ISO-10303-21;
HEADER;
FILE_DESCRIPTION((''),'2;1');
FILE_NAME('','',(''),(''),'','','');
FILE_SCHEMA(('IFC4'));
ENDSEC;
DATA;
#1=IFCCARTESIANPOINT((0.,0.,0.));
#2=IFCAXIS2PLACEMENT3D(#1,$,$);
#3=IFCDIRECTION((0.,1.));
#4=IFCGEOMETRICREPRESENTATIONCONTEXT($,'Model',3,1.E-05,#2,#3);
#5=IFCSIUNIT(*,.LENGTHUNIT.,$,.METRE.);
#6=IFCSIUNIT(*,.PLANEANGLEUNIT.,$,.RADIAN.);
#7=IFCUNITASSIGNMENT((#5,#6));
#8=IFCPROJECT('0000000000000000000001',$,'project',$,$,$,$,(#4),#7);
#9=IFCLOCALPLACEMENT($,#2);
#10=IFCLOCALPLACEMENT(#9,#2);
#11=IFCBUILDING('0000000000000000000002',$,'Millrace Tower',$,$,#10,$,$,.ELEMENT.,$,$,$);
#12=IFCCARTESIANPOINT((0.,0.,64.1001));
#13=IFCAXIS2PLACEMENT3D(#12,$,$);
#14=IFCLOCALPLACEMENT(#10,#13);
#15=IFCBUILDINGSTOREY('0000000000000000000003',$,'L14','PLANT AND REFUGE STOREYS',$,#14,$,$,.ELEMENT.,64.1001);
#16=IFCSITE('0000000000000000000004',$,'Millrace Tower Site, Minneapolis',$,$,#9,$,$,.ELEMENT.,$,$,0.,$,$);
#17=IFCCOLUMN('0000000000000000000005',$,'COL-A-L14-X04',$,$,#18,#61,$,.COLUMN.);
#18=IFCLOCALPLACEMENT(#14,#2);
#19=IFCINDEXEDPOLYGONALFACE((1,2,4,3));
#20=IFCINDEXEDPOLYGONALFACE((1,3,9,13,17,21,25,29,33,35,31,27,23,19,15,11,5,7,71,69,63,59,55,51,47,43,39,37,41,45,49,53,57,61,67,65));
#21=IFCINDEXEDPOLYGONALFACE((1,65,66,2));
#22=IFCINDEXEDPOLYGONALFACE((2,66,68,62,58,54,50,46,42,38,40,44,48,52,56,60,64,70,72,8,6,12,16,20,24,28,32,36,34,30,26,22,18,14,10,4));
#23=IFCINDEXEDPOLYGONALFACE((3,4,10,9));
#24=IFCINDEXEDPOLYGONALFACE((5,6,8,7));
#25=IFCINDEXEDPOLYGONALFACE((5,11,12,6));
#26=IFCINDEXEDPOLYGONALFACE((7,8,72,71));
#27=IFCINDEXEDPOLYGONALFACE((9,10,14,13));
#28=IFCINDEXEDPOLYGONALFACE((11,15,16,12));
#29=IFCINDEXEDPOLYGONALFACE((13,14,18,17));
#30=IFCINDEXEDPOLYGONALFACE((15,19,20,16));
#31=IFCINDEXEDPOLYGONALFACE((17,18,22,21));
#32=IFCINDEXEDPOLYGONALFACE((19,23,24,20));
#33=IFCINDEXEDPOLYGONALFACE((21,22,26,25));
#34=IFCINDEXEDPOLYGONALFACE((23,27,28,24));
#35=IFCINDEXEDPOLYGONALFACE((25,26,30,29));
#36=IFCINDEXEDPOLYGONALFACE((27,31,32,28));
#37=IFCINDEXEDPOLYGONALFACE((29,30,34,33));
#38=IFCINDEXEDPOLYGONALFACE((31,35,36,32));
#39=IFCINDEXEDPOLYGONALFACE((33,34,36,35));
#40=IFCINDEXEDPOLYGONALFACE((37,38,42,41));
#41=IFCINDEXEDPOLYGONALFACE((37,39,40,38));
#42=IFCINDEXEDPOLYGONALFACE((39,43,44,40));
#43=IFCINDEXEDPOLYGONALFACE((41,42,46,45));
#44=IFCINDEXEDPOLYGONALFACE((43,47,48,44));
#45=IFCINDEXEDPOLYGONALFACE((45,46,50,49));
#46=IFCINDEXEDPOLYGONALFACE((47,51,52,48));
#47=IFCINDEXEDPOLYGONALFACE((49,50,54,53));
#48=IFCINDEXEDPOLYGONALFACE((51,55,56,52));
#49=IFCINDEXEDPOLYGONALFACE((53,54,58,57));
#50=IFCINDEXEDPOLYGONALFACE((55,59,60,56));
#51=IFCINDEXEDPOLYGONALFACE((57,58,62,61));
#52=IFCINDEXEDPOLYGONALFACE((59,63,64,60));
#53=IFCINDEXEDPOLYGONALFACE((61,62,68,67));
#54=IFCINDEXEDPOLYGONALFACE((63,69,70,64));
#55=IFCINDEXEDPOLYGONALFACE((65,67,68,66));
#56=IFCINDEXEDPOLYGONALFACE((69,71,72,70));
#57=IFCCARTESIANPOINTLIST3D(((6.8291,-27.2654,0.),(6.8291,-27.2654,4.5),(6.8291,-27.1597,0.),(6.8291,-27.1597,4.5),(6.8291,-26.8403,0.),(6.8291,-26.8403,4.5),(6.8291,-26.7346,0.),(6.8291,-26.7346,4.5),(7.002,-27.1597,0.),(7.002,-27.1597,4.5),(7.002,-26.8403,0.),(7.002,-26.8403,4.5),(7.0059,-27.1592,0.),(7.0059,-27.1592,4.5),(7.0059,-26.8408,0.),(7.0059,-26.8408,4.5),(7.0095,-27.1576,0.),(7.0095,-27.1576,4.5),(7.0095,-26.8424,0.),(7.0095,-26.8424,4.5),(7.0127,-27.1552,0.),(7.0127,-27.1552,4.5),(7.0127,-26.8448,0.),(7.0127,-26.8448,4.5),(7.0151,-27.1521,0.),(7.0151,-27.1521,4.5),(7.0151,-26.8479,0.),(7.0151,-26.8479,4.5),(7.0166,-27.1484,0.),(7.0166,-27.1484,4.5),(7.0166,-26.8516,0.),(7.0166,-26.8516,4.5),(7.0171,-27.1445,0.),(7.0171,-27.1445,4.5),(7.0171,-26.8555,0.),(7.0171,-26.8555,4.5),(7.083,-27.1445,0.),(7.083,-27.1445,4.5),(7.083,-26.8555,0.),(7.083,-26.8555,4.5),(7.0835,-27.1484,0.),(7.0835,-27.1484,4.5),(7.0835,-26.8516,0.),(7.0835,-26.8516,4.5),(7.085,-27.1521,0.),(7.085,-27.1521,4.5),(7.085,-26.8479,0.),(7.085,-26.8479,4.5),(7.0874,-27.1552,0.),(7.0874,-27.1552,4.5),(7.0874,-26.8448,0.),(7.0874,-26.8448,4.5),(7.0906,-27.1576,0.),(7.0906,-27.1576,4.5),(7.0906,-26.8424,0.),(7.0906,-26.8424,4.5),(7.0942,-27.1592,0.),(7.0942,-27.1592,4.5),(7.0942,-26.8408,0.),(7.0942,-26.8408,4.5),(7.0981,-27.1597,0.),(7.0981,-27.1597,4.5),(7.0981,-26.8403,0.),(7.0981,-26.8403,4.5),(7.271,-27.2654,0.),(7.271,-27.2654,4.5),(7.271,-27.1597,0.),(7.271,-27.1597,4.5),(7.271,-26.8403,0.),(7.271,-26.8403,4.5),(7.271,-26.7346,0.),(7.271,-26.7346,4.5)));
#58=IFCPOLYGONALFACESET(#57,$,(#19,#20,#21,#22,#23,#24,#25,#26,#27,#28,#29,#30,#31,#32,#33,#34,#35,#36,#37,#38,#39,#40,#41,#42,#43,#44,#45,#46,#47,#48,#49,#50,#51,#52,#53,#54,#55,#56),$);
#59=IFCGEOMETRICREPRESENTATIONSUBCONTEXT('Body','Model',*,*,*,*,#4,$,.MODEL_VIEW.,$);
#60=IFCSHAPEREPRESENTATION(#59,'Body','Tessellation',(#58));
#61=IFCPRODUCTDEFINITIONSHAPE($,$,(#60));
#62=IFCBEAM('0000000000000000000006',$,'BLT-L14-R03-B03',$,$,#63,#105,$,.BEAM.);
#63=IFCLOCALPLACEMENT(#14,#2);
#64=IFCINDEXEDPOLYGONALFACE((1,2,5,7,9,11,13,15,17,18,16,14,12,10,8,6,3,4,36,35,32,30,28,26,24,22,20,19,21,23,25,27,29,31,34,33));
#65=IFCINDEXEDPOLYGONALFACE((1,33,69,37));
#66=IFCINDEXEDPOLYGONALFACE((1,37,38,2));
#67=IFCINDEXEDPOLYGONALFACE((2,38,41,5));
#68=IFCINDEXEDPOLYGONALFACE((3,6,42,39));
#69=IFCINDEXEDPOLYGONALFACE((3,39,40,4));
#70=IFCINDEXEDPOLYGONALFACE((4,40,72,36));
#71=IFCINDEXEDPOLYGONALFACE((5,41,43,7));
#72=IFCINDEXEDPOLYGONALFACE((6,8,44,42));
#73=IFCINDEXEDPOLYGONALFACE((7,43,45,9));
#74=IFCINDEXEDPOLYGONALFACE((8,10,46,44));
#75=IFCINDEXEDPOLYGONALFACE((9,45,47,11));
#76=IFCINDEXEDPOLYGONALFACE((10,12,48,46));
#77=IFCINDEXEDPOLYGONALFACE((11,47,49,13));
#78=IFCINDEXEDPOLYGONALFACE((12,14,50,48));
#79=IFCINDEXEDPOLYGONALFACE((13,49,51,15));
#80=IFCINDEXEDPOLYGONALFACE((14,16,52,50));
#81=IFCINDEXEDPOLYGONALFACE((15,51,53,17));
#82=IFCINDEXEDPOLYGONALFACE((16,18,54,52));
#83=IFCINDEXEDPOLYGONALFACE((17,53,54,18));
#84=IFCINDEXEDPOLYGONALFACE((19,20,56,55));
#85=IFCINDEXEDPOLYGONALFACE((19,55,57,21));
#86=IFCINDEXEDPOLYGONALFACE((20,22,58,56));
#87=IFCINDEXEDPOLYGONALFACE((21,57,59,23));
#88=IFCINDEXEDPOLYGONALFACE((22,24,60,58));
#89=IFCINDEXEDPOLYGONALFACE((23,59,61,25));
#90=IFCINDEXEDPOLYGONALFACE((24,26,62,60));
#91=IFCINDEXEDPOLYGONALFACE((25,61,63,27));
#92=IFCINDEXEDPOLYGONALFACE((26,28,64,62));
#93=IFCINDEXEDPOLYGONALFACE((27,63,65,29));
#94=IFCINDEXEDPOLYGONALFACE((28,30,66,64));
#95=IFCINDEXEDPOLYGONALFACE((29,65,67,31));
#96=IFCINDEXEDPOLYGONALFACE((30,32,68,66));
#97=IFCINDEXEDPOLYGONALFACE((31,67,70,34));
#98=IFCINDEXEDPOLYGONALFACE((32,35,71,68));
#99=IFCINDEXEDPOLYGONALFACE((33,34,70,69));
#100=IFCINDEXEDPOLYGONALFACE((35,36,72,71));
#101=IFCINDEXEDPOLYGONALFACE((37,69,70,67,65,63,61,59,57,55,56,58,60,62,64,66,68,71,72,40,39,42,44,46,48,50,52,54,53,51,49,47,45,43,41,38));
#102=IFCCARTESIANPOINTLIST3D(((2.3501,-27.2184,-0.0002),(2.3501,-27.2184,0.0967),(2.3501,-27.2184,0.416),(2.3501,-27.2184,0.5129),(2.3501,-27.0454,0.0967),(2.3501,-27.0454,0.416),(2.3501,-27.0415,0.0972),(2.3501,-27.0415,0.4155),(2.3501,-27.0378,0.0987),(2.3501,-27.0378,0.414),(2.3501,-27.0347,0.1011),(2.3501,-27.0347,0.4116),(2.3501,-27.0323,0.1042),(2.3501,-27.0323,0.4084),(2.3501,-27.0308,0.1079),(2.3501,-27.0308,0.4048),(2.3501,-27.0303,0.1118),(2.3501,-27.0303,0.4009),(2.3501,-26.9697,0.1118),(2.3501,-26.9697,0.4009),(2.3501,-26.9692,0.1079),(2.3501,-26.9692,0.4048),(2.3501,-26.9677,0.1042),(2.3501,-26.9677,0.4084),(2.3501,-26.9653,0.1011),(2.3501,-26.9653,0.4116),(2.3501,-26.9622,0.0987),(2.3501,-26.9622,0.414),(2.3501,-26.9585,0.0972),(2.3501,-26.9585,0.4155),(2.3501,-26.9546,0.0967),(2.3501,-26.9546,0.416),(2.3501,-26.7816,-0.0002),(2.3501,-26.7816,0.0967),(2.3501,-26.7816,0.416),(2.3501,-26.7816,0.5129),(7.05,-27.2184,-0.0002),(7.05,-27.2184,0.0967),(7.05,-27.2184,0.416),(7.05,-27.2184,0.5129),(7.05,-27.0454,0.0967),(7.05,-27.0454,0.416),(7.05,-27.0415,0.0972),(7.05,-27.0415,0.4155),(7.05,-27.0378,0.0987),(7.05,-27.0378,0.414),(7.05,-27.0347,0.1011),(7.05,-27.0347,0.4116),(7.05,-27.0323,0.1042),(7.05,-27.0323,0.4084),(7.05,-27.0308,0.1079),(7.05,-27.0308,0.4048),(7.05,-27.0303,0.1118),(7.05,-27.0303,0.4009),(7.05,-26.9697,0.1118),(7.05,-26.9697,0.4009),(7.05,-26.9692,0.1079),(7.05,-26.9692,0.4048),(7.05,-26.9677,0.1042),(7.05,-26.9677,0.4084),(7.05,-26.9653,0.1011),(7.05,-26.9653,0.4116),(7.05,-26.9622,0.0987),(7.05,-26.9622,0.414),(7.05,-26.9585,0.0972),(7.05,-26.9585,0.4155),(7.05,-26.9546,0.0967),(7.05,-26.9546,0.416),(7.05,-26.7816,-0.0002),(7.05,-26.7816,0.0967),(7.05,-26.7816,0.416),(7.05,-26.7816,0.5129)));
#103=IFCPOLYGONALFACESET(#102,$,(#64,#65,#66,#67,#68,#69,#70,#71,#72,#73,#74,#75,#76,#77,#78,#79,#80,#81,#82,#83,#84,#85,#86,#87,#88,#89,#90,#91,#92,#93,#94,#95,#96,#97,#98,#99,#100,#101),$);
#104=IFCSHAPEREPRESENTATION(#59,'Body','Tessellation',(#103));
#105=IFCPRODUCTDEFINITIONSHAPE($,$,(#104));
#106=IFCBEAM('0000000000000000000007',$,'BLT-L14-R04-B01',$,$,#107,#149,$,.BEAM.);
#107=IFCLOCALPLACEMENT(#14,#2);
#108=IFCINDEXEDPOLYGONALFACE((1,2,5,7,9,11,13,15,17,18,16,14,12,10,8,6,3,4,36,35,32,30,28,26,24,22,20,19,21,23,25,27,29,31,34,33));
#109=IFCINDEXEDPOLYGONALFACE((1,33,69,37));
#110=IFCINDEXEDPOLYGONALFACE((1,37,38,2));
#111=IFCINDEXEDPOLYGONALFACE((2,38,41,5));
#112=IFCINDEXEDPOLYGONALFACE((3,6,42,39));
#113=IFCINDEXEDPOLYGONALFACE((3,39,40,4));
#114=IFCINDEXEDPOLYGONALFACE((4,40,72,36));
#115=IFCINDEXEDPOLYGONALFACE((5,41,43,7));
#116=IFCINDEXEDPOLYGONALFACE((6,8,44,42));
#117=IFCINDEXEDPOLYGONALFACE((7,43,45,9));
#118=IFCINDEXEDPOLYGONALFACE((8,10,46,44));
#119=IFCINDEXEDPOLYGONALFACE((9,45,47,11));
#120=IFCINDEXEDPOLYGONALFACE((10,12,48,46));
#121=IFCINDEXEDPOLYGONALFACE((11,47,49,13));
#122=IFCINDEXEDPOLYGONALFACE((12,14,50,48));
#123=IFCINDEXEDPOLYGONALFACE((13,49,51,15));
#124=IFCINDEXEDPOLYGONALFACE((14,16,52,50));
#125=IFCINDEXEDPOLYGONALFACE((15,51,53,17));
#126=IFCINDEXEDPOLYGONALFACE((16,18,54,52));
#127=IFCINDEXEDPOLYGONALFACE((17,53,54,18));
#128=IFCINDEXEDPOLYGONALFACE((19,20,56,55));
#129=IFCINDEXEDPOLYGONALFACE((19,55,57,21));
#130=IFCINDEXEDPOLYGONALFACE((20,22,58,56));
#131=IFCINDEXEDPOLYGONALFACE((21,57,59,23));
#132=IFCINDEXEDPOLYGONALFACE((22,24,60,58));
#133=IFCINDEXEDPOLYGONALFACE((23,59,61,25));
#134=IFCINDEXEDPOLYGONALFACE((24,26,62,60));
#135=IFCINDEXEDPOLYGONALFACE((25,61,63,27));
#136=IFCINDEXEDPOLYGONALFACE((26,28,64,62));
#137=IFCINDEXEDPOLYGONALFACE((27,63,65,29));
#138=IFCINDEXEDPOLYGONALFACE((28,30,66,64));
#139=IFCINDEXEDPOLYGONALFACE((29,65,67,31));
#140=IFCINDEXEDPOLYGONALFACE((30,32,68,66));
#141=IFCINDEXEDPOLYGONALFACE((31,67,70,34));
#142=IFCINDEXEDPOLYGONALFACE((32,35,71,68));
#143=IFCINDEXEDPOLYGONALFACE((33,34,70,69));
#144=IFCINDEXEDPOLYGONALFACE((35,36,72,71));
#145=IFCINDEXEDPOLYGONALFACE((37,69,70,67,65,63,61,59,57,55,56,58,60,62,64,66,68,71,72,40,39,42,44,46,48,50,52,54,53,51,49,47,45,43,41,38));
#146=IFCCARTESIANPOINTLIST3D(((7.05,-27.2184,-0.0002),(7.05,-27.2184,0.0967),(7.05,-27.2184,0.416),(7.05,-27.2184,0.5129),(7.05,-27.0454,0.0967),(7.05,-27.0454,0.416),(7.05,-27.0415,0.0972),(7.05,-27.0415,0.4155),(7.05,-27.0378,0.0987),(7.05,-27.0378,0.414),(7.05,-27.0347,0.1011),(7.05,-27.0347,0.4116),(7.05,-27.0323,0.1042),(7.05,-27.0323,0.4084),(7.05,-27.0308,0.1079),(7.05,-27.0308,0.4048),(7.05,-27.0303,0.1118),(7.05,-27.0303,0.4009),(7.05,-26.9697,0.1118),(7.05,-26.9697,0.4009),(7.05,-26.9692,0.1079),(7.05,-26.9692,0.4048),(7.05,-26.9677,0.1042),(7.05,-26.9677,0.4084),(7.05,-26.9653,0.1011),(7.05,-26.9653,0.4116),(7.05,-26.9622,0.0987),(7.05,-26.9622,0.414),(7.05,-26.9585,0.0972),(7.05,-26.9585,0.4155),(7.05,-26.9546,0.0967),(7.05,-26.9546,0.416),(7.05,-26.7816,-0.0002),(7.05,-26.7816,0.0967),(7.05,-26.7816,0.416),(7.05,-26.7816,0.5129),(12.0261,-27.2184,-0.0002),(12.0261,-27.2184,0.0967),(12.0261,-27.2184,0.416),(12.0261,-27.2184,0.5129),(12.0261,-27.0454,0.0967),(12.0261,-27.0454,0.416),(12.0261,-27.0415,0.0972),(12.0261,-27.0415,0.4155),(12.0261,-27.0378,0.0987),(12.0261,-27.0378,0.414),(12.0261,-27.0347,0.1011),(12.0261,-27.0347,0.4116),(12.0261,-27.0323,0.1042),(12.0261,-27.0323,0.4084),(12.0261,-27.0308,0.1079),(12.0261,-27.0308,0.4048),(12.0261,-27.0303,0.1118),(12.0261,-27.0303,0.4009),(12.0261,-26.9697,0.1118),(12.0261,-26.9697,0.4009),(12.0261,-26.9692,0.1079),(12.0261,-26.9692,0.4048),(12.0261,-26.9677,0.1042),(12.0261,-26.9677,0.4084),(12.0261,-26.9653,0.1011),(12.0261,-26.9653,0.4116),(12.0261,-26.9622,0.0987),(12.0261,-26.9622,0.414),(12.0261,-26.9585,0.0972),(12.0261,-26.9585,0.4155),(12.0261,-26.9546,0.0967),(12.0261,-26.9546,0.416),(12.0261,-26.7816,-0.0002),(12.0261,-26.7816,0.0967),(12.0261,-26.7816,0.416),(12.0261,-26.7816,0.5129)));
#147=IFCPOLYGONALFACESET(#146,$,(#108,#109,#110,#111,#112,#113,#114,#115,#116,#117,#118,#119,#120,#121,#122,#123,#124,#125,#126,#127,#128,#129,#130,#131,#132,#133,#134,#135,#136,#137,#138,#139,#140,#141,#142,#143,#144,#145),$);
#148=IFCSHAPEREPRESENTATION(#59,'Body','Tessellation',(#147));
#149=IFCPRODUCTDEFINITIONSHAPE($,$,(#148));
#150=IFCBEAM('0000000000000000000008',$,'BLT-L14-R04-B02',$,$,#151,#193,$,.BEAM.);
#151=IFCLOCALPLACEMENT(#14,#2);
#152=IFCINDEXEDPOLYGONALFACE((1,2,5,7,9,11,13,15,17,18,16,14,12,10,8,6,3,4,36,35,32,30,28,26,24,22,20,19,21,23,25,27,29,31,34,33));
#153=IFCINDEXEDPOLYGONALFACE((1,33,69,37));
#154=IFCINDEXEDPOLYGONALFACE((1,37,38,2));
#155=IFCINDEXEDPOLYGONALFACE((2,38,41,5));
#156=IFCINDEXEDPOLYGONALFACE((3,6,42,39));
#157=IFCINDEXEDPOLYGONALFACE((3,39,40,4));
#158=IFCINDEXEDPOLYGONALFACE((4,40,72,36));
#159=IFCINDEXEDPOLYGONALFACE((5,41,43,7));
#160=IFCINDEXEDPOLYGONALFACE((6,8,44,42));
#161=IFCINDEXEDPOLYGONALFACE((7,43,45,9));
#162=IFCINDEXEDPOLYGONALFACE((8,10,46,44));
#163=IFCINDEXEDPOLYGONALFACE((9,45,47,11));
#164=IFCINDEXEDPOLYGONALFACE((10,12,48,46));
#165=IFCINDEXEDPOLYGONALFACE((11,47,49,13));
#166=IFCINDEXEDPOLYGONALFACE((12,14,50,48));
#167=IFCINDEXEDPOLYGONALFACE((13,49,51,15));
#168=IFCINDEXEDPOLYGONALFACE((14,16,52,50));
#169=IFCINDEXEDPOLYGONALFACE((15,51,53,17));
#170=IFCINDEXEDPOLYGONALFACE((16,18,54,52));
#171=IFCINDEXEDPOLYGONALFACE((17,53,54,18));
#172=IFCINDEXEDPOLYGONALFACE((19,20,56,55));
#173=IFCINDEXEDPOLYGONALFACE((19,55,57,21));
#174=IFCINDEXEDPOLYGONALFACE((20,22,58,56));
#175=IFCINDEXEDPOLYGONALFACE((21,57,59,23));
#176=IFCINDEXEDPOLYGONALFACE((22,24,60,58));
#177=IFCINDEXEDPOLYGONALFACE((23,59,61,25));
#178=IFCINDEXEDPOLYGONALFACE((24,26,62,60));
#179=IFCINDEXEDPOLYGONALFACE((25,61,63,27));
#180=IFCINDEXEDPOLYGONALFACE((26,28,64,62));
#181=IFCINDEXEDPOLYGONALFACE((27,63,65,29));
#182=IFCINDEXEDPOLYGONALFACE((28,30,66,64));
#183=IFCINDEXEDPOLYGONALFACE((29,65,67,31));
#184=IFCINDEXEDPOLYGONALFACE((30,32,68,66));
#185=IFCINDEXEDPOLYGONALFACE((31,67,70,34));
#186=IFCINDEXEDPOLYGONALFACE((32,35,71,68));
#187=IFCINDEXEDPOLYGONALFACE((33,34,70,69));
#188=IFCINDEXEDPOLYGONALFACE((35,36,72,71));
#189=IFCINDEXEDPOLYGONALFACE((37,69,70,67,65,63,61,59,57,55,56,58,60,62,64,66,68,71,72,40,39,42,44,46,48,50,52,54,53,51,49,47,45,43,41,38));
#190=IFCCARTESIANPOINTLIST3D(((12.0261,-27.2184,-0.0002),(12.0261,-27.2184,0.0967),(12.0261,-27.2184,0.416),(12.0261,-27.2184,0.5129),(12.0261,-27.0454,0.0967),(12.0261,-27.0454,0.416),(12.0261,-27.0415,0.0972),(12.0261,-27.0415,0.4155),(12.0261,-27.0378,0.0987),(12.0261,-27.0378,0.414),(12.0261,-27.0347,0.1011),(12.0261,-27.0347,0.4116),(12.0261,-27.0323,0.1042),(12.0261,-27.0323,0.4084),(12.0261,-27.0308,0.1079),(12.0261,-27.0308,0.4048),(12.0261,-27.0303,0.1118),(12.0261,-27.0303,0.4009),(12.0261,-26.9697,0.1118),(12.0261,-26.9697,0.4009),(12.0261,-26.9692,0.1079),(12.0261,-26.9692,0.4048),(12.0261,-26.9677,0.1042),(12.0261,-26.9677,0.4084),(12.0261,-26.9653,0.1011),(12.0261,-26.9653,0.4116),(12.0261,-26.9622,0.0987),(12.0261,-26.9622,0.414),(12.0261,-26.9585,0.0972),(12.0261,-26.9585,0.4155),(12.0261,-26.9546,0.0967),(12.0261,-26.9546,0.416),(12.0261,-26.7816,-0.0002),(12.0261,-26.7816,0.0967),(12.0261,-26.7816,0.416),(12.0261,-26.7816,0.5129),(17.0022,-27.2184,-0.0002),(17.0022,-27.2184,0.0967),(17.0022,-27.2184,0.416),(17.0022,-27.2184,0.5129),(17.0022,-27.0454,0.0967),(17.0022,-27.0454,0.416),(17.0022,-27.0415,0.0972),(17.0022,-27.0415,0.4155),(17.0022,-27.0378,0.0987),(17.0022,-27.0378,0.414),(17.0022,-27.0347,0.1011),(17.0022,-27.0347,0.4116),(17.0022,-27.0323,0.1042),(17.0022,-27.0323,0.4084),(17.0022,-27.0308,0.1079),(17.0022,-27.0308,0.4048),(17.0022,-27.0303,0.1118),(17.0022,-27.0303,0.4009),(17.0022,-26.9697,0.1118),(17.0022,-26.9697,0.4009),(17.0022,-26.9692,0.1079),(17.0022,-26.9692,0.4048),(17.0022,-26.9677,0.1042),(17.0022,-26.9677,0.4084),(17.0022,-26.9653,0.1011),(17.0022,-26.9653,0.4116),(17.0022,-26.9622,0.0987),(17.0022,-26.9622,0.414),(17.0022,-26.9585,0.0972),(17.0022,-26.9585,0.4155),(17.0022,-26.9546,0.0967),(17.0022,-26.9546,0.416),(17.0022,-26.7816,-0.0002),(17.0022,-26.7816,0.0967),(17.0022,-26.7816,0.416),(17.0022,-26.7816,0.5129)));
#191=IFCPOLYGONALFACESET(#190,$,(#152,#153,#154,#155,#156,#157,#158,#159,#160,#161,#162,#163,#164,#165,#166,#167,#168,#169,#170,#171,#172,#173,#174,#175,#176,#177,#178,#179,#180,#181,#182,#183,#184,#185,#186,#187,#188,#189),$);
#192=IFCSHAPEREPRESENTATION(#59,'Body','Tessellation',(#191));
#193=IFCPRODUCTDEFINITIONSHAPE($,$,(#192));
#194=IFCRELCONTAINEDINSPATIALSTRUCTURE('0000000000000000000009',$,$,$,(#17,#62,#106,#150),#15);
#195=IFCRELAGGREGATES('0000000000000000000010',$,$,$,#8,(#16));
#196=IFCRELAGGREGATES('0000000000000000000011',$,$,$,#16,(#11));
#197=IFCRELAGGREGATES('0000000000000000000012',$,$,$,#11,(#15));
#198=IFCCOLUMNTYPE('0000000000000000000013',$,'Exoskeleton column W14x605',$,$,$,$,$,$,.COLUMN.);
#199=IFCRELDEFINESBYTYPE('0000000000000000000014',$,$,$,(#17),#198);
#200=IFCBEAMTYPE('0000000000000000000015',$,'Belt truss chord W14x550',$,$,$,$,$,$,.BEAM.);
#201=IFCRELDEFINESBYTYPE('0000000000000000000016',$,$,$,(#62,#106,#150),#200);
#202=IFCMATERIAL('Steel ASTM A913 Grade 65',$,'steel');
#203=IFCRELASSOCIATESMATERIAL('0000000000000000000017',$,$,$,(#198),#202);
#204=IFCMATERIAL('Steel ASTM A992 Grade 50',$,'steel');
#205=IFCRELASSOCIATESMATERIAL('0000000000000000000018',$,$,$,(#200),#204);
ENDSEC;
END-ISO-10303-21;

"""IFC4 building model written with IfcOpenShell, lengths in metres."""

from ifc_helpers import new_model, si_unit, direction, frame, origin, origin_2d, place, context, subcontext, project, spatial, i_section, extrude, material, material_profile, profile_set, type_object, element, save


model = new_model("IFC4")

# Units and contexts
model_context = context("Model", 3, precision=1e-05, world=origin(), true_north=direction((0.0, 1.0)))
body_context = subcontext(model_context, "Body", "Model", "MODEL_VIEW")
ifc_project = project(units=[si_unit("LENGTHUNIT", "METRE"), si_unit("PLANEANGLEUNIT", "RADIAN")], contexts=[model_context])

# Site, building, storey
site_placement = place(None, origin())
site = spatial("IfcSite", under=ifc_project, at=site_placement, Name="Millrace Tower Site, Minneapolis", CompositionType="ELEMENT", RefElevation=0.0)
building_placement = place(site_placement, origin())
building = spatial("IfcBuilding", under=site, at=building_placement, Name="Millrace Tower", CompositionType="ELEMENT")
storey_placement = place(building_placement, frame((0.0, 0.0, 64.1001)))
storey = spatial("IfcBuildingStorey", under=building, at=storey_placement, Name="L14", Description="PLANT AND REFUGE STOREYS", CompositionType="ELEMENT", Elevation=64.1001)

# Column
ifc_material_1 = material(Name="Steel ASTM A913 Grade 65", Category="steel")
ifc_material_profile_1 = material_profile(ifc_material_1, i_section(OverallWidth=0.4419, OverallDepth=0.5308, WebThickness=0.0659, FlangeThickness=0.1057, FilletRadius=0.0151, at=origin_2d()))
ifc_profile_set_1 = profile_set([ifc_material_profile_1], Name="Steel ASTM A913 Grade 65")
column_type = type_object("IfcColumnType", Name="Exoskeleton column W14x605", PredefinedType="COLUMN", material=ifc_profile_set_1)
column_placement = place(storey_placement, frame((7.05, -27.0, 0.0), z_axis=(0.0, 0.0, 1.0), x_axis=(1.0, 0.0, 0.0)))
element("IfcColumn", 1, at=column_placement, inside=storey, type_object=column_type, Name="COL-A-L14-X04", PredefinedType="COLUMN", context=body_context, shape_type="SweptSolid", body=[
    extrude(i_section(OverallWidth=0.4419, OverallDepth=0.5308, WebThickness=0.0659, FlangeThickness=0.1057, FilletRadius=0.0151, at=origin_2d()), origin(), (0.0, 0.0, 1.0), 4.5),
])

# Beams
ifc_material_2 = material(Name="Steel ASTM A992 Grade 50", Category="steel")
ifc_material_profile_2 = material_profile(ifc_material_2, i_section(OverallWidth=0.4368, OverallDepth=0.5132, WebThickness=0.0605, FlangeThickness=0.0969, FilletRadius=0.0151, at=origin_2d()))
ifc_profile_set_2 = profile_set([ifc_material_profile_2], Name="Steel ASTM A992 Grade 50")
beam_type_1 = type_object("IfcBeamType", Name="Belt truss chord W14x550", PredefinedType="BEAM", material=ifc_profile_set_2)
beam_1_placement = place(storey_placement, frame((2.3501, -27.0, 0.2563), z_axis=(1.0, 0.0, 0.0), x_axis=(0.0, 1.0, 0.0)))
element("IfcBeam", 2, at=beam_1_placement, inside=storey, type_object=beam_type_1, Name="BLT-L14-R03-B03", PredefinedType="BEAM", context=body_context, shape_type="SweptSolid", body=[
    extrude(i_section(OverallWidth=0.4368, OverallDepth=0.5132, WebThickness=0.0605, FlangeThickness=0.0969, FilletRadius=0.0151, at=origin_2d()), origin(), (0.0, 0.0, 1.0), 4.7),
])
for number, where, z_axis, x_axis, name in (
    (3, (7.05, -27.0, 0.2563), (1.0, 0.0, 0.0), (0.0, 1.0, 0.0), "BLT-L14-R04-B01"),
    (4, (12.0261, -27.0, 0.2563), (1.0, 0.0, 0.0), (0.0, 1.0, 0.0), "BLT-L14-R04-B02"),
):
    element("IfcBeam", number, at=place(storey_placement, frame(where, z_axis=z_axis, x_axis=x_axis)), inside=storey, type_object=beam_type_1, Name=name, PredefinedType="BEAM", context=body_context, shape_type="SweptSolid", body=[
        extrude(i_section(OverallWidth=0.4368, OverallDepth=0.5132, WebThickness=0.0605, FlangeThickness=0.0969, FilletRadius=0.0151, at=origin_2d()), origin(), (0.0, 0.0, 1.0), 4.9761),
    ])

save(model, "model.ifc")
